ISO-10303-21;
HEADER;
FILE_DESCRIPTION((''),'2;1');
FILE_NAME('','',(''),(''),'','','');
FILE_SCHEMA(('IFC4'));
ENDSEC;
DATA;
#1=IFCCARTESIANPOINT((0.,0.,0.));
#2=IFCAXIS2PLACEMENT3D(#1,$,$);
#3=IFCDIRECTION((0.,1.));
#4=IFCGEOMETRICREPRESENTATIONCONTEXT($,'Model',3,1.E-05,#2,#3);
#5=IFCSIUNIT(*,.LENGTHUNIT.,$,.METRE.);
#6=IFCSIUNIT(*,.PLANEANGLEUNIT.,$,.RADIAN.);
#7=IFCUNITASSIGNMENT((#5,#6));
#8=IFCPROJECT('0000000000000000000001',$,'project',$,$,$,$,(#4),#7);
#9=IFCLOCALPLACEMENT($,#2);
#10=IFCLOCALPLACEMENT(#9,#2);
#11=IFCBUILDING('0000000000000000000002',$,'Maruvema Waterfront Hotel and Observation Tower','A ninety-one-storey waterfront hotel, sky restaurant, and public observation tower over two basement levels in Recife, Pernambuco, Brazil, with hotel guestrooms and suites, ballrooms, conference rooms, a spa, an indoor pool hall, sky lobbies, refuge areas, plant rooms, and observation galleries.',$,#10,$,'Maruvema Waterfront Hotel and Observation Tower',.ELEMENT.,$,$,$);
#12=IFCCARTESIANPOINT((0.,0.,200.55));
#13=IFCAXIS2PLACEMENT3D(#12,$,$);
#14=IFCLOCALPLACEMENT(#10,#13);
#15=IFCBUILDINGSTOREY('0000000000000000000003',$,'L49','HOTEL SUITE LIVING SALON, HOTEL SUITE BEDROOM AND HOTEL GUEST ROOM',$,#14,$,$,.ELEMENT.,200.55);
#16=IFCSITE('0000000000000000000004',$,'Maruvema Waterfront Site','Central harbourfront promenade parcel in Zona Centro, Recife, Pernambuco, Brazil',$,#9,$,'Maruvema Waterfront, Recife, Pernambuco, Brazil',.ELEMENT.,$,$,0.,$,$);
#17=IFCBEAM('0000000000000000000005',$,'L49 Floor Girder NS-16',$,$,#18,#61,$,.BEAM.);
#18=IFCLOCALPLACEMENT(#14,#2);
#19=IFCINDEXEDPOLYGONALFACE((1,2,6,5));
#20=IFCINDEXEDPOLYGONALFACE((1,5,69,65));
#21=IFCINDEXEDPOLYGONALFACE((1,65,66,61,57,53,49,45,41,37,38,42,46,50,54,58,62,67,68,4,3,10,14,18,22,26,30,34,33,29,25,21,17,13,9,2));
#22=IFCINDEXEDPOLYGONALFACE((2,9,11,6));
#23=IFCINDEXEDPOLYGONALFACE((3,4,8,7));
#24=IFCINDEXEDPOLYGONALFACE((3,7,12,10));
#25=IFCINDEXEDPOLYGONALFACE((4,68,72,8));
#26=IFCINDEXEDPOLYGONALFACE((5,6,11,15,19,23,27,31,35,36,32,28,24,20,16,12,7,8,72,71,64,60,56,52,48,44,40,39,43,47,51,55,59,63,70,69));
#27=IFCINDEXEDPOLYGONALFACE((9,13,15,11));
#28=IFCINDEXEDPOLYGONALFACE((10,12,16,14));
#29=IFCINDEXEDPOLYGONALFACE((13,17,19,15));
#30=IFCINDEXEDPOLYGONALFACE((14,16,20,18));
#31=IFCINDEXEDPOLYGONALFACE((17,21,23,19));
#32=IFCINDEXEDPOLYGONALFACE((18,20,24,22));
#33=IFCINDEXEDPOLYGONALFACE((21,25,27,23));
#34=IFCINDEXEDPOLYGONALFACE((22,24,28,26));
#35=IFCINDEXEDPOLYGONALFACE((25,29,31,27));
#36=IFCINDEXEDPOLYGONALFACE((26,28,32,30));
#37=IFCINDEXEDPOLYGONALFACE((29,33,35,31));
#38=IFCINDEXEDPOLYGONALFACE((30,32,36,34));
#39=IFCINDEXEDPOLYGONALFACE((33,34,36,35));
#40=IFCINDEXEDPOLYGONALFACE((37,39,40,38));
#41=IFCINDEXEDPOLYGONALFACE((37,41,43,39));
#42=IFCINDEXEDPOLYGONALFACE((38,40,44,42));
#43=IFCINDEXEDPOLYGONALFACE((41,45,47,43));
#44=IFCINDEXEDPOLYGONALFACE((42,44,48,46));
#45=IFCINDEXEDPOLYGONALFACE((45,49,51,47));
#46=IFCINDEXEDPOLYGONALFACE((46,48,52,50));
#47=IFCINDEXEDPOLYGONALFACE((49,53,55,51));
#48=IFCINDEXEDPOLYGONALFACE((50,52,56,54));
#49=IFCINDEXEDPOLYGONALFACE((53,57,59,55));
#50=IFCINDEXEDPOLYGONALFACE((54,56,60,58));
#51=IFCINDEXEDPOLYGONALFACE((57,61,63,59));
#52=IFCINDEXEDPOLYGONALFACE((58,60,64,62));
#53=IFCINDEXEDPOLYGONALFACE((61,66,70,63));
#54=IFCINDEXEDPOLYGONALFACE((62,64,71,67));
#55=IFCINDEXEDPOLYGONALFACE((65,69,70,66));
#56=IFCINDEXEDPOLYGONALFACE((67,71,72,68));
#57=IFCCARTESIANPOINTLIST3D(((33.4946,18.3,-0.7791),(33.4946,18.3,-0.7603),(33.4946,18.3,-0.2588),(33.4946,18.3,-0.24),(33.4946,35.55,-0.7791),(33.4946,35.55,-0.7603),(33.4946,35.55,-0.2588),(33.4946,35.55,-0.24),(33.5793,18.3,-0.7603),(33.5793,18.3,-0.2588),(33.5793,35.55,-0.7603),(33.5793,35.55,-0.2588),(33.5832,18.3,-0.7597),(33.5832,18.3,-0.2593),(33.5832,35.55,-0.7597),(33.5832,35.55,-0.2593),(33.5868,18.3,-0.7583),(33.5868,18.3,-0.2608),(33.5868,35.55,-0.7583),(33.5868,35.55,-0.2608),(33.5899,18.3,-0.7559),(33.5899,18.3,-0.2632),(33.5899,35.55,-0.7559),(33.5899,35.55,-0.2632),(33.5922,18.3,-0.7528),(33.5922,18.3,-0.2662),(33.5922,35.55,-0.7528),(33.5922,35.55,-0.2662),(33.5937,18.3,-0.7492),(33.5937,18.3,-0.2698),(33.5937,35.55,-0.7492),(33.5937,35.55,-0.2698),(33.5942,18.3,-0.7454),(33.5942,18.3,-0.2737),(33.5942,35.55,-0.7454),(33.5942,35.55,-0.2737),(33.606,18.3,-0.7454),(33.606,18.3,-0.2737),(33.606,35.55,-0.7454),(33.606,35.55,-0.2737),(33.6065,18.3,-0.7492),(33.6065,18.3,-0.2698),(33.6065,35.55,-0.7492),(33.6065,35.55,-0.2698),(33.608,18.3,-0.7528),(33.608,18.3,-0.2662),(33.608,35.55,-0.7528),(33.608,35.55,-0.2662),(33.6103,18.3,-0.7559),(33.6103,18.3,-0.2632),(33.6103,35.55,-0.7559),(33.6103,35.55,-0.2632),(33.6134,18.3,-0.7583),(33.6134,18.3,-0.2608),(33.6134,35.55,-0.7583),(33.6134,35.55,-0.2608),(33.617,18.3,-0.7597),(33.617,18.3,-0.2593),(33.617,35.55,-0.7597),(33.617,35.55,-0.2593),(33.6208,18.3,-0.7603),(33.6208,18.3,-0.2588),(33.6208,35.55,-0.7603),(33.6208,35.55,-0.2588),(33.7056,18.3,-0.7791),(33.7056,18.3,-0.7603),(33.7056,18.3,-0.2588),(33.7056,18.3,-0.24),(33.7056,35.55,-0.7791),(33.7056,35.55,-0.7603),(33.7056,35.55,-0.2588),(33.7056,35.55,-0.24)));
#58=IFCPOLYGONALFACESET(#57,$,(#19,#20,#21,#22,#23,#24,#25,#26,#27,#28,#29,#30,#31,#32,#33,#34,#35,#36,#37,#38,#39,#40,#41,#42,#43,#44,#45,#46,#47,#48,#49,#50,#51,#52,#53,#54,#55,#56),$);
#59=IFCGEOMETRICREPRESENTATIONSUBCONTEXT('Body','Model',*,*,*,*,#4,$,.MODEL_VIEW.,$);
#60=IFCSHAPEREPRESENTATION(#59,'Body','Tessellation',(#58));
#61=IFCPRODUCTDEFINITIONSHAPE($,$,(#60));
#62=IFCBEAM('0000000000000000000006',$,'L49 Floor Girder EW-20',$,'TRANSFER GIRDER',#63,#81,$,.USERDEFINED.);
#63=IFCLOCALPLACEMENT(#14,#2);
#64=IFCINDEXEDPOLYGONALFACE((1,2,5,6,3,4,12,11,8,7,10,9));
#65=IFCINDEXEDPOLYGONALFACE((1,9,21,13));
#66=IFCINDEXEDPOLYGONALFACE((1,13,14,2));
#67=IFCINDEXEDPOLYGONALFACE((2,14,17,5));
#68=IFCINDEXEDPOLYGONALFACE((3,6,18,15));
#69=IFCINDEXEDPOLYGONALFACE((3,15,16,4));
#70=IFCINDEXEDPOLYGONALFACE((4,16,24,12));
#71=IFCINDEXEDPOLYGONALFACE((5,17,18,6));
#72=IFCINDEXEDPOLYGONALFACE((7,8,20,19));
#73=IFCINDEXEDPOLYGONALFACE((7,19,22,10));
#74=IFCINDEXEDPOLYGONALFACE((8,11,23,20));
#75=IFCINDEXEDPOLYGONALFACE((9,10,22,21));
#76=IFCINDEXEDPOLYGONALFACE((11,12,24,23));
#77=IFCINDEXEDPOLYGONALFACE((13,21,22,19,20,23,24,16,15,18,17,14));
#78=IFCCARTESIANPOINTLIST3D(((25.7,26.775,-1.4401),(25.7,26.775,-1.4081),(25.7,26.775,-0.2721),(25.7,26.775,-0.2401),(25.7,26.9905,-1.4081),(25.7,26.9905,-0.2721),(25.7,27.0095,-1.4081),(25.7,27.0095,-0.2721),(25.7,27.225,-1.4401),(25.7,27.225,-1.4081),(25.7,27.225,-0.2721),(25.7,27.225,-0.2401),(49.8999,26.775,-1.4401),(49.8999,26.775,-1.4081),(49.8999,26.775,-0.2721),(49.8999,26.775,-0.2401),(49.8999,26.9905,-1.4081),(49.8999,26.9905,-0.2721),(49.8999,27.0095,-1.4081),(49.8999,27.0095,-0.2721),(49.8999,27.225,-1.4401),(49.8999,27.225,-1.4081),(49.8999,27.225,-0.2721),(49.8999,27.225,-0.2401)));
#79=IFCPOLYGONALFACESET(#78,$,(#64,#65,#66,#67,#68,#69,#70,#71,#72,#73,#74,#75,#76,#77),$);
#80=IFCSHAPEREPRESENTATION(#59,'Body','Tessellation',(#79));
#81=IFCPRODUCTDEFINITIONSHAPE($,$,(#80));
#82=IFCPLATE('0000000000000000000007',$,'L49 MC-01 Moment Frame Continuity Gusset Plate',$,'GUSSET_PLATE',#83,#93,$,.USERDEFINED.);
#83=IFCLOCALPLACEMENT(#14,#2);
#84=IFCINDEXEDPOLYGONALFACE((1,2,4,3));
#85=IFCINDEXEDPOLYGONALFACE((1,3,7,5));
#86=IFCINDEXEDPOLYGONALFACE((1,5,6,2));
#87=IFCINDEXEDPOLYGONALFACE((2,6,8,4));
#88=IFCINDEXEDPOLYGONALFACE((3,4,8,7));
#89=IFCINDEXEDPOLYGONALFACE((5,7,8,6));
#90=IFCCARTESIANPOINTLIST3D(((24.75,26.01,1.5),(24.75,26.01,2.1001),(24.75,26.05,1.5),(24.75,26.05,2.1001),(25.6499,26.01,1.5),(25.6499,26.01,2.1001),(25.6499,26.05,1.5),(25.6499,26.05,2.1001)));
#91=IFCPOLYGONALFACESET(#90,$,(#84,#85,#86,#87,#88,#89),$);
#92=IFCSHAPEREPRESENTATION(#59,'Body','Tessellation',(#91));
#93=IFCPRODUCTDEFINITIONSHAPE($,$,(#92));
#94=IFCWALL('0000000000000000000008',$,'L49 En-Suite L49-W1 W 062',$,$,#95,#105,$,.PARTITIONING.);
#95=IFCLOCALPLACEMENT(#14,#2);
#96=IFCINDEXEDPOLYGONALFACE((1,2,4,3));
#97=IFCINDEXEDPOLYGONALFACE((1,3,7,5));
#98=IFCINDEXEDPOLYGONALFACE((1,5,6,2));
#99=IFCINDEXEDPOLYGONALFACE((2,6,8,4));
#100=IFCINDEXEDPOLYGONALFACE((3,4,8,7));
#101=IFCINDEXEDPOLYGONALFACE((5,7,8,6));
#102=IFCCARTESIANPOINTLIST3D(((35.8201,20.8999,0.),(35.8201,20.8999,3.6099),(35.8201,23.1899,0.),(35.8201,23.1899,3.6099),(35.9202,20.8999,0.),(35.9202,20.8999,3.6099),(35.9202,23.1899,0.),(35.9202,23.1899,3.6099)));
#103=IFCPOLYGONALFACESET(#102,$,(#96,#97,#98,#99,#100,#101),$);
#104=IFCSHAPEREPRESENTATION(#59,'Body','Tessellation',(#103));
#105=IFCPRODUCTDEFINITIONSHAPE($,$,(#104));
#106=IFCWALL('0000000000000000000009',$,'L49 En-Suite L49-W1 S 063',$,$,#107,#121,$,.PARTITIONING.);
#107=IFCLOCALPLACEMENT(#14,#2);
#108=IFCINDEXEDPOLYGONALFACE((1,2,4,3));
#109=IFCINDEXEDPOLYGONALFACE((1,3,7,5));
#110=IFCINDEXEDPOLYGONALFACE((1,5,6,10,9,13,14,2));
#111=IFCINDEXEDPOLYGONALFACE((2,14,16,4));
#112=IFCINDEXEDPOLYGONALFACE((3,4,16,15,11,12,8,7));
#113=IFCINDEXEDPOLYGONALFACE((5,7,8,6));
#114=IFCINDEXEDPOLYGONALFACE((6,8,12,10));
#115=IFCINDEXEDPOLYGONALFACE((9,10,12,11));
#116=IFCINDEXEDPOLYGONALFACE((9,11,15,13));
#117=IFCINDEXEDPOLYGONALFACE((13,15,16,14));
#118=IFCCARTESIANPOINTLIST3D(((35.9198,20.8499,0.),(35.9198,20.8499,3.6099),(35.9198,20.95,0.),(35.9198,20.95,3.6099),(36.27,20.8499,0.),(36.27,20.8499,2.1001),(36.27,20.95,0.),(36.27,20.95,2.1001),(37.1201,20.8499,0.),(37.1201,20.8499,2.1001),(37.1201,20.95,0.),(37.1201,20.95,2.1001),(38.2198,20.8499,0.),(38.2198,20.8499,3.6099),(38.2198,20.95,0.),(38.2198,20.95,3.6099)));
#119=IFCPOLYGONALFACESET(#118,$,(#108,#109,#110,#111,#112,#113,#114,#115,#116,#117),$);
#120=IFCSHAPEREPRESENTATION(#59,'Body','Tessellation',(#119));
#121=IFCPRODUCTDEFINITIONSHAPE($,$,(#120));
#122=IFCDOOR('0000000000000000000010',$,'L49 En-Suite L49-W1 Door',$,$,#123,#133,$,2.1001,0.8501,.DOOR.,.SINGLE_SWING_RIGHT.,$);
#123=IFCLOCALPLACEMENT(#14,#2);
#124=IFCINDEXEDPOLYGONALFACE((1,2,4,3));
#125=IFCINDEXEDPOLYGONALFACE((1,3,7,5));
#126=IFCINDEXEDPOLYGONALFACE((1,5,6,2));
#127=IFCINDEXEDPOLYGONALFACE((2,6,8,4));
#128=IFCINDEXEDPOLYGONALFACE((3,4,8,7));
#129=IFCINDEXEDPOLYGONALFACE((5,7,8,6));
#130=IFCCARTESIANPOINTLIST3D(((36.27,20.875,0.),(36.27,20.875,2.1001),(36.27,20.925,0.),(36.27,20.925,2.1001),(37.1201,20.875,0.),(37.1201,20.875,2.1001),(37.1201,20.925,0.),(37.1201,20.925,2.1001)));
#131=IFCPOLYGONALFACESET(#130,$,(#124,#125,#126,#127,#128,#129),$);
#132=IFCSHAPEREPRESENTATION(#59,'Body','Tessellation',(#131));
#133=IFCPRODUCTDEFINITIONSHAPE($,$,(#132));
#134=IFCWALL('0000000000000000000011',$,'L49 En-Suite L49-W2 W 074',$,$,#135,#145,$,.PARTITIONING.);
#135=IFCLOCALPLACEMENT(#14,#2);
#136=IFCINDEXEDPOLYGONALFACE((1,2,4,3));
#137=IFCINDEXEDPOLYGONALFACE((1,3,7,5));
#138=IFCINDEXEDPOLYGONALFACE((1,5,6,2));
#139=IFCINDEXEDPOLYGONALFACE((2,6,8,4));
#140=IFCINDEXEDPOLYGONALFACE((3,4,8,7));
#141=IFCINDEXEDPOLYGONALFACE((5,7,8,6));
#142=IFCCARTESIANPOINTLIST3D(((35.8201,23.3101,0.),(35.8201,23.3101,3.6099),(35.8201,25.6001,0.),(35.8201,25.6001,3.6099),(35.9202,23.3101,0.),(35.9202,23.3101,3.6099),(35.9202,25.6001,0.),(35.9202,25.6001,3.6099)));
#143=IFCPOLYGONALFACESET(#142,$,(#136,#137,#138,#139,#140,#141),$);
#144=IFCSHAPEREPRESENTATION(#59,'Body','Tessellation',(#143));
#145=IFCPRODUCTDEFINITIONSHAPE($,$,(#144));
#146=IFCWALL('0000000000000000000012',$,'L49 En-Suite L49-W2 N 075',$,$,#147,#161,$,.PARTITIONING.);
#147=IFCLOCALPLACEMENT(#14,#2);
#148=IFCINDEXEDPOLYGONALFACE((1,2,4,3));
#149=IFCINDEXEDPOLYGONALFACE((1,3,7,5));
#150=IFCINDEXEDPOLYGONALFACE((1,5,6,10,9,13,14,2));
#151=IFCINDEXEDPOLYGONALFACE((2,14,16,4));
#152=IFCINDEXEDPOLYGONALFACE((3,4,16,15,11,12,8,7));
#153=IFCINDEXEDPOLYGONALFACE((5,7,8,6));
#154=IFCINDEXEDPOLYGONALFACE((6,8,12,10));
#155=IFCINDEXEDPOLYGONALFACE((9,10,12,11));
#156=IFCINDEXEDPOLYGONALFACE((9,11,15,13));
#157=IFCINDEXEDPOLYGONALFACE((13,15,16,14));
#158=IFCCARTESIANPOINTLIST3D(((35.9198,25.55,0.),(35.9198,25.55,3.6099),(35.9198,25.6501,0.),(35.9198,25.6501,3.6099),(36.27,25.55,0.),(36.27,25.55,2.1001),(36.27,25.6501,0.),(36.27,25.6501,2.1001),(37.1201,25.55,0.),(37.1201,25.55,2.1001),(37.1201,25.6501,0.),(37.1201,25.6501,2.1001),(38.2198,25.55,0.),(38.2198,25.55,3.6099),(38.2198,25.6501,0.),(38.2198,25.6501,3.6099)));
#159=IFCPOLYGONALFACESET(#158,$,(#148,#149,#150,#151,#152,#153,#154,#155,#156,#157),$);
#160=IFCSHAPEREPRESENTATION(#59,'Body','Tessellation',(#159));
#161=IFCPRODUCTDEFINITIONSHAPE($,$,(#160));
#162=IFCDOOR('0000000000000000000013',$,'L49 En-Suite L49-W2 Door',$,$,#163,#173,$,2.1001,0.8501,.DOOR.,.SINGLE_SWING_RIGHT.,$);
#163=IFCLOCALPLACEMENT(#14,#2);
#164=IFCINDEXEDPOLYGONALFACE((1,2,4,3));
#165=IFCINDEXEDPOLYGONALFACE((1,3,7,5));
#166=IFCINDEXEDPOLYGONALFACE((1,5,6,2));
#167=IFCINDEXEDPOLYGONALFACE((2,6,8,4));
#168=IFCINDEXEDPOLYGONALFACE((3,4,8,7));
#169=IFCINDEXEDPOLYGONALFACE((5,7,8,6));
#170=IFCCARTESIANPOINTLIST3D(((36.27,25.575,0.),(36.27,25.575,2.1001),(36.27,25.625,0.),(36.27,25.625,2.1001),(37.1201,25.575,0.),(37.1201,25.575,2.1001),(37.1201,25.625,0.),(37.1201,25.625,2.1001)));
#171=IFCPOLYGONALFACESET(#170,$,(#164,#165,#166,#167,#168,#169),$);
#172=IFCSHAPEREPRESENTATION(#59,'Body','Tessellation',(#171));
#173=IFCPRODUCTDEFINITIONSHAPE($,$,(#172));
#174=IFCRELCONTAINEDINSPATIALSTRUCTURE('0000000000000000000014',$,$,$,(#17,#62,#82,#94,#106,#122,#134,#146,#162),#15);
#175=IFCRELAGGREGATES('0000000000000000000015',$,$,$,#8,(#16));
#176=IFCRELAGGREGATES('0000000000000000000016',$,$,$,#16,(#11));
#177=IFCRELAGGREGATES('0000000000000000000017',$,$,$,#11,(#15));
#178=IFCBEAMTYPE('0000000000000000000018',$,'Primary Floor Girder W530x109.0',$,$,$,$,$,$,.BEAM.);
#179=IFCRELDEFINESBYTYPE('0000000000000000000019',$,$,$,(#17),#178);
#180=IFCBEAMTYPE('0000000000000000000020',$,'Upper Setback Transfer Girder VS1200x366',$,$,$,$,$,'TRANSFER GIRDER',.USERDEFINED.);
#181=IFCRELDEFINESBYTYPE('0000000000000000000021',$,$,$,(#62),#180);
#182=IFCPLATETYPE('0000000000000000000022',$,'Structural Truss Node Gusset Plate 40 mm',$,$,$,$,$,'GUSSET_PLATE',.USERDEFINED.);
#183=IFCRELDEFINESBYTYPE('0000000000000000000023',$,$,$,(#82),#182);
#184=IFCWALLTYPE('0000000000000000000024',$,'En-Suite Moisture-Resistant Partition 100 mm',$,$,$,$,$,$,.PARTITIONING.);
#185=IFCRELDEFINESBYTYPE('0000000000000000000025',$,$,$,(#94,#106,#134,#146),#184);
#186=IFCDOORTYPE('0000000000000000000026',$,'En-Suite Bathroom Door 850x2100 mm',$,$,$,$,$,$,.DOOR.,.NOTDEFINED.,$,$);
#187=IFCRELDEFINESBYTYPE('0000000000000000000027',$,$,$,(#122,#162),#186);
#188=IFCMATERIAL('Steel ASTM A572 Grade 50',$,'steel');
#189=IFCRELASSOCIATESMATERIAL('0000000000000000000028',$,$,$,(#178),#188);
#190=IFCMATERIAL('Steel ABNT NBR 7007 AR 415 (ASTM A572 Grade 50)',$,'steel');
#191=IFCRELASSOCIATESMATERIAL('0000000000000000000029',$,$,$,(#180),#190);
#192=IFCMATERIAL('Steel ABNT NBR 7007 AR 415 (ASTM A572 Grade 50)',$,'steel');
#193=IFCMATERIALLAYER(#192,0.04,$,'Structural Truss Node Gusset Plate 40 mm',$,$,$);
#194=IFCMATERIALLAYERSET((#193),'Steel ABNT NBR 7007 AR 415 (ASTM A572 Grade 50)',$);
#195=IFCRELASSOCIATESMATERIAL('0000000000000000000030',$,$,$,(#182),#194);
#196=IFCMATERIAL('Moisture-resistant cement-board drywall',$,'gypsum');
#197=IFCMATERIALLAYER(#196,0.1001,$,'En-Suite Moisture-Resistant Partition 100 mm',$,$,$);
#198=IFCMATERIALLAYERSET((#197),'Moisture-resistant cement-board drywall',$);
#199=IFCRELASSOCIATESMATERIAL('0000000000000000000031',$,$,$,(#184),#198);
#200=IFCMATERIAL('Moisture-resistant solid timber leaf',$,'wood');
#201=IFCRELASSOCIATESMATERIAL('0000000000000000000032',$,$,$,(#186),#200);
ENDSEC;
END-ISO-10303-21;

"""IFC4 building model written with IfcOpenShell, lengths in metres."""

from ifc_helpers import new_model, si_unit, direction, frame, frame_2d, origin, origin_2d, place, context, subcontext, project, spatial, rectangle, i_section, extrude, material, layer, layer_set, material_profile, profile_set, type_object, element, fill, save


model = new_model("IFC4")

# Units and contexts
model_context = context("Model", 3, precision=1e-05, world=origin(), true_north=direction((0.0, 1.0)))
body_context = subcontext(model_context, "Body", "Model", "MODEL_VIEW")
ifc_project = project(units=[si_unit("LENGTHUNIT", "METRE"), si_unit("PLANEANGLEUNIT", "RADIAN")], contexts=[model_context])

# Site, building, storey
site_placement = place(None, origin())
site = spatial("IfcSite", under=ifc_project, at=site_placement, Name="Maruvema Waterfront Site", Description="Central harbourfront promenade parcel in Zona Centro, Recife, Pernambuco, Brazil", LongName="Maruvema Waterfront, Recife, Pernambuco, Brazil", CompositionType="ELEMENT", RefElevation=0.0)
building_placement = place(site_placement, origin())
building = spatial("IfcBuilding", under=site, at=building_placement, Name="Maruvema Waterfront Hotel and Observation Tower", Description="A ninety-one-storey waterfront hotel, sky restaurant, and public observation tower over two basement levels in Recife, Pernambuco, Brazil, with hotel guestrooms and suites, ballrooms, conference rooms, a spa, an indoor pool hall, sky lobbies, refuge areas, plant rooms, and observation galleries.", LongName="Maruvema Waterfront Hotel and Observation Tower", CompositionType="ELEMENT")
storey_placement = place(building_placement, frame((0.0, 0.0, 200.55)))
storey = spatial("IfcBuildingStorey", under=building, at=storey_placement, Name="L49", Description="HOTEL SUITE LIVING SALON, HOTEL SUITE BEDROOM AND HOTEL GUEST ROOM", CompositionType="ELEMENT", Elevation=200.55)

# Beams
ifc_material_1 = material(Name="Steel ASTM A572 Grade 50", Category="steel")
ifc_material_profile_1 = material_profile(ifc_material_1, i_section(OverallWidth=0.2109, OverallDepth=0.5391, WebThickness=0.0117, FlangeThickness=0.0188, FilletRadius=0.0149, at=origin_2d()), Name="W530x109.0")
ifc_profile_set_1 = profile_set([ifc_material_profile_1], Name="Steel ASTM A572 Grade 50")
beam_type_1 = type_object("IfcBeamType", Name="Primary Floor Girder W530x109.0", PredefinedType="BEAM", material=ifc_profile_set_1)
beam_1_placement = place(storey_placement, frame((33.6001, 18.3, -0.5095), z_axis=(0.0, 1.0, 0.0), x_axis=(-1.0, 0.0, 0.0)))
element("IfcBeam", 1, at=beam_1_placement, inside=storey, type_object=beam_type_1, Name="L49 Floor Girder NS-16", PredefinedType="BEAM", context=body_context, shape_type="SweptSolid", body=[
    extrude(i_section(OverallWidth=0.2109, OverallDepth=0.5391, WebThickness=0.0117, FlangeThickness=0.0188, FilletRadius=0.0149, at=origin_2d()), origin(), (0.0, 0.0, 1.0), 17.25),
])
ifc_material_2 = material(Name="Steel ABNT NBR 7007 AR 415 (ASTM A572 Grade 50)", Category="steel")
ifc_material_profile_2 = material_profile(ifc_material_2, i_section(OverallWidth=0.45, OverallDepth=1.2, WebThickness=0.019, FlangeThickness=0.032, at=origin_2d()), Name="VS1200x366")
ifc_profile_set_2 = profile_set([ifc_material_profile_2], Name="Steel ABNT NBR 7007 AR 415 (ASTM A572 Grade 50)")
beam_type_2 = type_object("IfcBeamType", Name="Upper Setback Transfer Girder VS1200x366", ElementType="TRANSFER GIRDER", PredefinedType="USERDEFINED", material=ifc_profile_set_2)
beam_2_placement = place(storey_placement, frame((25.7, 27.0, -0.8401), z_axis=(1.0, 0.0, 0.0), x_axis=(0.0, 1.0, 0.0)))
element("IfcBeam", 2, at=beam_2_placement, inside=storey, type_object=beam_type_2, Name="L49 Floor Girder EW-20", ObjectType="TRANSFER GIRDER", PredefinedType="USERDEFINED", context=body_context, shape_type="SweptSolid", body=[
    extrude(i_section(OverallWidth=0.45, OverallDepth=1.2, WebThickness=0.019, FlangeThickness=0.032, at=origin_2d()), origin(), (0.0, 0.0, 1.0), 24.2),
])

# Plate
ifc_material_3 = material(Name="Steel ABNT NBR 7007 AR 415 (ASTM A572 Grade 50)", Category="steel")
ifc_layer_1 = layer(ifc_material_3, 0.04, Name="Structural Truss Node Gusset Plate 40 mm")
ifc_layer_set_1 = layer_set([ifc_layer_1], Name="Steel ABNT NBR 7007 AR 415 (ASTM A572 Grade 50)")
plate_type = type_object("IfcPlateType", Name="Structural Truss Node Gusset Plate 40 mm", ElementType="GUSSET_PLATE", PredefinedType="USERDEFINED", material=ifc_layer_set_1)
plate_placement = place(storey_placement, frame((25.2, 26.03, 1.5), z_axis=(0.0, 0.0, 1.0), x_axis=(1.0, 0.0, 0.0)))
element("IfcPlate", 3, at=plate_placement, inside=storey, type_object=plate_type, Name="L49 MC-01 Moment Frame Continuity Gusset Plate", ObjectType="GUSSET_PLATE", PredefinedType="USERDEFINED", context=body_context, shape_type="SweptSolid", body=[
    extrude(rectangle(XDim=0.8999, YDim=0.04, at=origin_2d()), origin(), (0.0, 0.0, 1.0), 0.6001),
])

# Wall
ifc_material_4 = material(Name="Moisture-resistant cement-board drywall", Category="gypsum")
ifc_layer_2 = layer(ifc_material_4, 0.1001, Name="En-Suite Moisture-Resistant Partition 100 mm")
ifc_layer_set_2 = layer_set([ifc_layer_2], Name="Moisture-resistant cement-board drywall")
wall_type = type_object("IfcWallType", Name="En-Suite Moisture-Resistant Partition 100 mm", PredefinedType="PARTITIONING", material=ifc_layer_set_2)
wall_1_placement = place(storey_placement, frame((35.8701, 20.8999, 0.0), z_axis=(0.0, 0.0, 1.0), x_axis=(0.0, 1.0, 0.0)))
element("IfcWall", 4, at=wall_1_placement, inside=storey, type_object=wall_type, Name="L49 En-Suite L49-W1 W 062", PredefinedType="PARTITIONING", context=body_context, shape_type="SweptSolid", body=[
    extrude(rectangle(XDim=2.29, YDim=0.1001, at=frame_2d((1.145, 0.0))), origin(), (0.0, 0.0, 1.0), 3.6099),
])

# Wall, opening, door
wall_2_placement = place(storey_placement, frame((35.9199, 20.8999, 0.0), z_axis=(0.0, 0.0, 1.0), x_axis=(1.0, 0.0, 0.0)))
wall_2 = element("IfcWall", 5, at=wall_2_placement, inside=storey, type_object=wall_type, Name="L49 En-Suite L49-W1 S 063", PredefinedType="PARTITIONING", context=body_context, shape_type="SweptSolid", body=[
    extrude(rectangle(XDim=2.3, YDim=0.1001, at=frame_2d((1.1499, 0.0))), origin(), (0.0, 0.0, 1.0), 3.6099),
])
opening_1_placement = place(wall_2_placement, frame((0.3501, 0.0, 0.0)))
opening_1 = element("IfcOpeningElement", 6, at=opening_1_placement, cuts=wall_2, PredefinedType="OPENING", context=body_context, shape_type="SweptSolid", body=[
    extrude(rectangle(XDim=0.8501, YDim=2.1001, at=frame_2d((0.425, 1.05))), frame((0.0, 0.0601, 0.0), z_axis=(0.0, -1.0, 0.0), x_axis=(1.0, 0.0, 0.0)), (0.0, 0.0, 1.0), 0.1201),
])
ifc_material_5 = material(Name="Moisture-resistant solid timber leaf", Category="wood")
door_type_1 = type_object("IfcDoorType", Name="En-Suite Bathroom Door 850x2100 mm", OperationType="NOTDEFINED", PredefinedType="DOOR", material=ifc_material_5)
door_1_placement = place(opening_1_placement, frame((0.8501, 0.0, 0.0), z_axis=(0.0, 0.0, 1.0), x_axis=(-1.0, 0.0, 0.0)))
door_1 = element("IfcDoor", 7, at=door_1_placement, inside=storey, type_object=door_type_1, Name="L49 En-Suite L49-W1 Door", OperationType="SINGLE_SWING_RIGHT", OverallHeight=2.1001, OverallWidth=0.8501, PredefinedType="DOOR", context=body_context, shape_type="SweptSolid", body=[
    extrude(rectangle(XDim=0.8501, YDim=2.1001, at=frame_2d((0.425, 1.05))), frame((0.0, 0.0249, 0.0), z_axis=(0.0, -1.0, 0.0), x_axis=(1.0, 0.0, 0.0)), (0.0, 0.0, 1.0), 0.05),
])
fill(opening_1, door_1)

# Wall
wall_3_placement = place(storey_placement, frame((35.8701, 23.3101, 0.0), z_axis=(0.0, 0.0, 1.0), x_axis=(0.0, 1.0, 0.0)))
element("IfcWall", 8, at=wall_3_placement, inside=storey, type_object=wall_type, Name="L49 En-Suite L49-W2 W 074", PredefinedType="PARTITIONING", context=body_context, shape_type="SweptSolid", body=[
    extrude(rectangle(XDim=2.29, YDim=0.1001, at=frame_2d((1.145, 0.0))), origin(), (0.0, 0.0, 1.0), 3.6099),
])

# Wall, opening, door
wall_4_placement = place(storey_placement, frame((35.9199, 25.6001, 0.0), z_axis=(0.0, 0.0, 1.0), x_axis=(1.0, 0.0, 0.0)))
wall_4 = element("IfcWall", 9, at=wall_4_placement, inside=storey, type_object=wall_type, Name="L49 En-Suite L49-W2 N 075", PredefinedType="PARTITIONING", context=body_context, shape_type="SweptSolid", body=[
    extrude(rectangle(XDim=2.3, YDim=0.1001, at=frame_2d((1.1499, 0.0))), origin(), (0.0, 0.0, 1.0), 3.6099),
])
opening_2_placement = place(wall_4_placement, frame((0.3501, 0.0, 0.0)))
opening_2 = element("IfcOpeningElement", 10, at=opening_2_placement, cuts=wall_4, PredefinedType="OPENING", context=body_context, shape_type="SweptSolid", body=[
    extrude(rectangle(XDim=0.8501, YDim=2.1001, at=frame_2d((0.425, 1.05))), frame((0.0, 0.0601, 0.0), z_axis=(0.0, -1.0, 0.0), x_axis=(1.0, 0.0, 0.0)), (0.0, 0.0, 1.0), 0.1201),
])
door_2_placement = place(opening_2_placement, origin())
door_2 = element("IfcDoor", 11, at=door_2_placement, inside=storey, type_object=door_type_1, Name="L49 En-Suite L49-W2 Door", OperationType="SINGLE_SWING_RIGHT", OverallHeight=2.1001, OverallWidth=0.8501, PredefinedType="DOOR", context=body_context, shape_type="SweptSolid", body=[
    extrude(rectangle(XDim=0.8501, YDim=2.1001, at=frame_2d((0.425, 1.05))), frame((0.0, 0.0249, 0.0), z_axis=(0.0, -1.0, 0.0), x_axis=(1.0, 0.0, 0.0)), (0.0, 0.0, 1.0), 0.05),
])
fill(opening_2, door_2)

save(model, "model.ifc")
